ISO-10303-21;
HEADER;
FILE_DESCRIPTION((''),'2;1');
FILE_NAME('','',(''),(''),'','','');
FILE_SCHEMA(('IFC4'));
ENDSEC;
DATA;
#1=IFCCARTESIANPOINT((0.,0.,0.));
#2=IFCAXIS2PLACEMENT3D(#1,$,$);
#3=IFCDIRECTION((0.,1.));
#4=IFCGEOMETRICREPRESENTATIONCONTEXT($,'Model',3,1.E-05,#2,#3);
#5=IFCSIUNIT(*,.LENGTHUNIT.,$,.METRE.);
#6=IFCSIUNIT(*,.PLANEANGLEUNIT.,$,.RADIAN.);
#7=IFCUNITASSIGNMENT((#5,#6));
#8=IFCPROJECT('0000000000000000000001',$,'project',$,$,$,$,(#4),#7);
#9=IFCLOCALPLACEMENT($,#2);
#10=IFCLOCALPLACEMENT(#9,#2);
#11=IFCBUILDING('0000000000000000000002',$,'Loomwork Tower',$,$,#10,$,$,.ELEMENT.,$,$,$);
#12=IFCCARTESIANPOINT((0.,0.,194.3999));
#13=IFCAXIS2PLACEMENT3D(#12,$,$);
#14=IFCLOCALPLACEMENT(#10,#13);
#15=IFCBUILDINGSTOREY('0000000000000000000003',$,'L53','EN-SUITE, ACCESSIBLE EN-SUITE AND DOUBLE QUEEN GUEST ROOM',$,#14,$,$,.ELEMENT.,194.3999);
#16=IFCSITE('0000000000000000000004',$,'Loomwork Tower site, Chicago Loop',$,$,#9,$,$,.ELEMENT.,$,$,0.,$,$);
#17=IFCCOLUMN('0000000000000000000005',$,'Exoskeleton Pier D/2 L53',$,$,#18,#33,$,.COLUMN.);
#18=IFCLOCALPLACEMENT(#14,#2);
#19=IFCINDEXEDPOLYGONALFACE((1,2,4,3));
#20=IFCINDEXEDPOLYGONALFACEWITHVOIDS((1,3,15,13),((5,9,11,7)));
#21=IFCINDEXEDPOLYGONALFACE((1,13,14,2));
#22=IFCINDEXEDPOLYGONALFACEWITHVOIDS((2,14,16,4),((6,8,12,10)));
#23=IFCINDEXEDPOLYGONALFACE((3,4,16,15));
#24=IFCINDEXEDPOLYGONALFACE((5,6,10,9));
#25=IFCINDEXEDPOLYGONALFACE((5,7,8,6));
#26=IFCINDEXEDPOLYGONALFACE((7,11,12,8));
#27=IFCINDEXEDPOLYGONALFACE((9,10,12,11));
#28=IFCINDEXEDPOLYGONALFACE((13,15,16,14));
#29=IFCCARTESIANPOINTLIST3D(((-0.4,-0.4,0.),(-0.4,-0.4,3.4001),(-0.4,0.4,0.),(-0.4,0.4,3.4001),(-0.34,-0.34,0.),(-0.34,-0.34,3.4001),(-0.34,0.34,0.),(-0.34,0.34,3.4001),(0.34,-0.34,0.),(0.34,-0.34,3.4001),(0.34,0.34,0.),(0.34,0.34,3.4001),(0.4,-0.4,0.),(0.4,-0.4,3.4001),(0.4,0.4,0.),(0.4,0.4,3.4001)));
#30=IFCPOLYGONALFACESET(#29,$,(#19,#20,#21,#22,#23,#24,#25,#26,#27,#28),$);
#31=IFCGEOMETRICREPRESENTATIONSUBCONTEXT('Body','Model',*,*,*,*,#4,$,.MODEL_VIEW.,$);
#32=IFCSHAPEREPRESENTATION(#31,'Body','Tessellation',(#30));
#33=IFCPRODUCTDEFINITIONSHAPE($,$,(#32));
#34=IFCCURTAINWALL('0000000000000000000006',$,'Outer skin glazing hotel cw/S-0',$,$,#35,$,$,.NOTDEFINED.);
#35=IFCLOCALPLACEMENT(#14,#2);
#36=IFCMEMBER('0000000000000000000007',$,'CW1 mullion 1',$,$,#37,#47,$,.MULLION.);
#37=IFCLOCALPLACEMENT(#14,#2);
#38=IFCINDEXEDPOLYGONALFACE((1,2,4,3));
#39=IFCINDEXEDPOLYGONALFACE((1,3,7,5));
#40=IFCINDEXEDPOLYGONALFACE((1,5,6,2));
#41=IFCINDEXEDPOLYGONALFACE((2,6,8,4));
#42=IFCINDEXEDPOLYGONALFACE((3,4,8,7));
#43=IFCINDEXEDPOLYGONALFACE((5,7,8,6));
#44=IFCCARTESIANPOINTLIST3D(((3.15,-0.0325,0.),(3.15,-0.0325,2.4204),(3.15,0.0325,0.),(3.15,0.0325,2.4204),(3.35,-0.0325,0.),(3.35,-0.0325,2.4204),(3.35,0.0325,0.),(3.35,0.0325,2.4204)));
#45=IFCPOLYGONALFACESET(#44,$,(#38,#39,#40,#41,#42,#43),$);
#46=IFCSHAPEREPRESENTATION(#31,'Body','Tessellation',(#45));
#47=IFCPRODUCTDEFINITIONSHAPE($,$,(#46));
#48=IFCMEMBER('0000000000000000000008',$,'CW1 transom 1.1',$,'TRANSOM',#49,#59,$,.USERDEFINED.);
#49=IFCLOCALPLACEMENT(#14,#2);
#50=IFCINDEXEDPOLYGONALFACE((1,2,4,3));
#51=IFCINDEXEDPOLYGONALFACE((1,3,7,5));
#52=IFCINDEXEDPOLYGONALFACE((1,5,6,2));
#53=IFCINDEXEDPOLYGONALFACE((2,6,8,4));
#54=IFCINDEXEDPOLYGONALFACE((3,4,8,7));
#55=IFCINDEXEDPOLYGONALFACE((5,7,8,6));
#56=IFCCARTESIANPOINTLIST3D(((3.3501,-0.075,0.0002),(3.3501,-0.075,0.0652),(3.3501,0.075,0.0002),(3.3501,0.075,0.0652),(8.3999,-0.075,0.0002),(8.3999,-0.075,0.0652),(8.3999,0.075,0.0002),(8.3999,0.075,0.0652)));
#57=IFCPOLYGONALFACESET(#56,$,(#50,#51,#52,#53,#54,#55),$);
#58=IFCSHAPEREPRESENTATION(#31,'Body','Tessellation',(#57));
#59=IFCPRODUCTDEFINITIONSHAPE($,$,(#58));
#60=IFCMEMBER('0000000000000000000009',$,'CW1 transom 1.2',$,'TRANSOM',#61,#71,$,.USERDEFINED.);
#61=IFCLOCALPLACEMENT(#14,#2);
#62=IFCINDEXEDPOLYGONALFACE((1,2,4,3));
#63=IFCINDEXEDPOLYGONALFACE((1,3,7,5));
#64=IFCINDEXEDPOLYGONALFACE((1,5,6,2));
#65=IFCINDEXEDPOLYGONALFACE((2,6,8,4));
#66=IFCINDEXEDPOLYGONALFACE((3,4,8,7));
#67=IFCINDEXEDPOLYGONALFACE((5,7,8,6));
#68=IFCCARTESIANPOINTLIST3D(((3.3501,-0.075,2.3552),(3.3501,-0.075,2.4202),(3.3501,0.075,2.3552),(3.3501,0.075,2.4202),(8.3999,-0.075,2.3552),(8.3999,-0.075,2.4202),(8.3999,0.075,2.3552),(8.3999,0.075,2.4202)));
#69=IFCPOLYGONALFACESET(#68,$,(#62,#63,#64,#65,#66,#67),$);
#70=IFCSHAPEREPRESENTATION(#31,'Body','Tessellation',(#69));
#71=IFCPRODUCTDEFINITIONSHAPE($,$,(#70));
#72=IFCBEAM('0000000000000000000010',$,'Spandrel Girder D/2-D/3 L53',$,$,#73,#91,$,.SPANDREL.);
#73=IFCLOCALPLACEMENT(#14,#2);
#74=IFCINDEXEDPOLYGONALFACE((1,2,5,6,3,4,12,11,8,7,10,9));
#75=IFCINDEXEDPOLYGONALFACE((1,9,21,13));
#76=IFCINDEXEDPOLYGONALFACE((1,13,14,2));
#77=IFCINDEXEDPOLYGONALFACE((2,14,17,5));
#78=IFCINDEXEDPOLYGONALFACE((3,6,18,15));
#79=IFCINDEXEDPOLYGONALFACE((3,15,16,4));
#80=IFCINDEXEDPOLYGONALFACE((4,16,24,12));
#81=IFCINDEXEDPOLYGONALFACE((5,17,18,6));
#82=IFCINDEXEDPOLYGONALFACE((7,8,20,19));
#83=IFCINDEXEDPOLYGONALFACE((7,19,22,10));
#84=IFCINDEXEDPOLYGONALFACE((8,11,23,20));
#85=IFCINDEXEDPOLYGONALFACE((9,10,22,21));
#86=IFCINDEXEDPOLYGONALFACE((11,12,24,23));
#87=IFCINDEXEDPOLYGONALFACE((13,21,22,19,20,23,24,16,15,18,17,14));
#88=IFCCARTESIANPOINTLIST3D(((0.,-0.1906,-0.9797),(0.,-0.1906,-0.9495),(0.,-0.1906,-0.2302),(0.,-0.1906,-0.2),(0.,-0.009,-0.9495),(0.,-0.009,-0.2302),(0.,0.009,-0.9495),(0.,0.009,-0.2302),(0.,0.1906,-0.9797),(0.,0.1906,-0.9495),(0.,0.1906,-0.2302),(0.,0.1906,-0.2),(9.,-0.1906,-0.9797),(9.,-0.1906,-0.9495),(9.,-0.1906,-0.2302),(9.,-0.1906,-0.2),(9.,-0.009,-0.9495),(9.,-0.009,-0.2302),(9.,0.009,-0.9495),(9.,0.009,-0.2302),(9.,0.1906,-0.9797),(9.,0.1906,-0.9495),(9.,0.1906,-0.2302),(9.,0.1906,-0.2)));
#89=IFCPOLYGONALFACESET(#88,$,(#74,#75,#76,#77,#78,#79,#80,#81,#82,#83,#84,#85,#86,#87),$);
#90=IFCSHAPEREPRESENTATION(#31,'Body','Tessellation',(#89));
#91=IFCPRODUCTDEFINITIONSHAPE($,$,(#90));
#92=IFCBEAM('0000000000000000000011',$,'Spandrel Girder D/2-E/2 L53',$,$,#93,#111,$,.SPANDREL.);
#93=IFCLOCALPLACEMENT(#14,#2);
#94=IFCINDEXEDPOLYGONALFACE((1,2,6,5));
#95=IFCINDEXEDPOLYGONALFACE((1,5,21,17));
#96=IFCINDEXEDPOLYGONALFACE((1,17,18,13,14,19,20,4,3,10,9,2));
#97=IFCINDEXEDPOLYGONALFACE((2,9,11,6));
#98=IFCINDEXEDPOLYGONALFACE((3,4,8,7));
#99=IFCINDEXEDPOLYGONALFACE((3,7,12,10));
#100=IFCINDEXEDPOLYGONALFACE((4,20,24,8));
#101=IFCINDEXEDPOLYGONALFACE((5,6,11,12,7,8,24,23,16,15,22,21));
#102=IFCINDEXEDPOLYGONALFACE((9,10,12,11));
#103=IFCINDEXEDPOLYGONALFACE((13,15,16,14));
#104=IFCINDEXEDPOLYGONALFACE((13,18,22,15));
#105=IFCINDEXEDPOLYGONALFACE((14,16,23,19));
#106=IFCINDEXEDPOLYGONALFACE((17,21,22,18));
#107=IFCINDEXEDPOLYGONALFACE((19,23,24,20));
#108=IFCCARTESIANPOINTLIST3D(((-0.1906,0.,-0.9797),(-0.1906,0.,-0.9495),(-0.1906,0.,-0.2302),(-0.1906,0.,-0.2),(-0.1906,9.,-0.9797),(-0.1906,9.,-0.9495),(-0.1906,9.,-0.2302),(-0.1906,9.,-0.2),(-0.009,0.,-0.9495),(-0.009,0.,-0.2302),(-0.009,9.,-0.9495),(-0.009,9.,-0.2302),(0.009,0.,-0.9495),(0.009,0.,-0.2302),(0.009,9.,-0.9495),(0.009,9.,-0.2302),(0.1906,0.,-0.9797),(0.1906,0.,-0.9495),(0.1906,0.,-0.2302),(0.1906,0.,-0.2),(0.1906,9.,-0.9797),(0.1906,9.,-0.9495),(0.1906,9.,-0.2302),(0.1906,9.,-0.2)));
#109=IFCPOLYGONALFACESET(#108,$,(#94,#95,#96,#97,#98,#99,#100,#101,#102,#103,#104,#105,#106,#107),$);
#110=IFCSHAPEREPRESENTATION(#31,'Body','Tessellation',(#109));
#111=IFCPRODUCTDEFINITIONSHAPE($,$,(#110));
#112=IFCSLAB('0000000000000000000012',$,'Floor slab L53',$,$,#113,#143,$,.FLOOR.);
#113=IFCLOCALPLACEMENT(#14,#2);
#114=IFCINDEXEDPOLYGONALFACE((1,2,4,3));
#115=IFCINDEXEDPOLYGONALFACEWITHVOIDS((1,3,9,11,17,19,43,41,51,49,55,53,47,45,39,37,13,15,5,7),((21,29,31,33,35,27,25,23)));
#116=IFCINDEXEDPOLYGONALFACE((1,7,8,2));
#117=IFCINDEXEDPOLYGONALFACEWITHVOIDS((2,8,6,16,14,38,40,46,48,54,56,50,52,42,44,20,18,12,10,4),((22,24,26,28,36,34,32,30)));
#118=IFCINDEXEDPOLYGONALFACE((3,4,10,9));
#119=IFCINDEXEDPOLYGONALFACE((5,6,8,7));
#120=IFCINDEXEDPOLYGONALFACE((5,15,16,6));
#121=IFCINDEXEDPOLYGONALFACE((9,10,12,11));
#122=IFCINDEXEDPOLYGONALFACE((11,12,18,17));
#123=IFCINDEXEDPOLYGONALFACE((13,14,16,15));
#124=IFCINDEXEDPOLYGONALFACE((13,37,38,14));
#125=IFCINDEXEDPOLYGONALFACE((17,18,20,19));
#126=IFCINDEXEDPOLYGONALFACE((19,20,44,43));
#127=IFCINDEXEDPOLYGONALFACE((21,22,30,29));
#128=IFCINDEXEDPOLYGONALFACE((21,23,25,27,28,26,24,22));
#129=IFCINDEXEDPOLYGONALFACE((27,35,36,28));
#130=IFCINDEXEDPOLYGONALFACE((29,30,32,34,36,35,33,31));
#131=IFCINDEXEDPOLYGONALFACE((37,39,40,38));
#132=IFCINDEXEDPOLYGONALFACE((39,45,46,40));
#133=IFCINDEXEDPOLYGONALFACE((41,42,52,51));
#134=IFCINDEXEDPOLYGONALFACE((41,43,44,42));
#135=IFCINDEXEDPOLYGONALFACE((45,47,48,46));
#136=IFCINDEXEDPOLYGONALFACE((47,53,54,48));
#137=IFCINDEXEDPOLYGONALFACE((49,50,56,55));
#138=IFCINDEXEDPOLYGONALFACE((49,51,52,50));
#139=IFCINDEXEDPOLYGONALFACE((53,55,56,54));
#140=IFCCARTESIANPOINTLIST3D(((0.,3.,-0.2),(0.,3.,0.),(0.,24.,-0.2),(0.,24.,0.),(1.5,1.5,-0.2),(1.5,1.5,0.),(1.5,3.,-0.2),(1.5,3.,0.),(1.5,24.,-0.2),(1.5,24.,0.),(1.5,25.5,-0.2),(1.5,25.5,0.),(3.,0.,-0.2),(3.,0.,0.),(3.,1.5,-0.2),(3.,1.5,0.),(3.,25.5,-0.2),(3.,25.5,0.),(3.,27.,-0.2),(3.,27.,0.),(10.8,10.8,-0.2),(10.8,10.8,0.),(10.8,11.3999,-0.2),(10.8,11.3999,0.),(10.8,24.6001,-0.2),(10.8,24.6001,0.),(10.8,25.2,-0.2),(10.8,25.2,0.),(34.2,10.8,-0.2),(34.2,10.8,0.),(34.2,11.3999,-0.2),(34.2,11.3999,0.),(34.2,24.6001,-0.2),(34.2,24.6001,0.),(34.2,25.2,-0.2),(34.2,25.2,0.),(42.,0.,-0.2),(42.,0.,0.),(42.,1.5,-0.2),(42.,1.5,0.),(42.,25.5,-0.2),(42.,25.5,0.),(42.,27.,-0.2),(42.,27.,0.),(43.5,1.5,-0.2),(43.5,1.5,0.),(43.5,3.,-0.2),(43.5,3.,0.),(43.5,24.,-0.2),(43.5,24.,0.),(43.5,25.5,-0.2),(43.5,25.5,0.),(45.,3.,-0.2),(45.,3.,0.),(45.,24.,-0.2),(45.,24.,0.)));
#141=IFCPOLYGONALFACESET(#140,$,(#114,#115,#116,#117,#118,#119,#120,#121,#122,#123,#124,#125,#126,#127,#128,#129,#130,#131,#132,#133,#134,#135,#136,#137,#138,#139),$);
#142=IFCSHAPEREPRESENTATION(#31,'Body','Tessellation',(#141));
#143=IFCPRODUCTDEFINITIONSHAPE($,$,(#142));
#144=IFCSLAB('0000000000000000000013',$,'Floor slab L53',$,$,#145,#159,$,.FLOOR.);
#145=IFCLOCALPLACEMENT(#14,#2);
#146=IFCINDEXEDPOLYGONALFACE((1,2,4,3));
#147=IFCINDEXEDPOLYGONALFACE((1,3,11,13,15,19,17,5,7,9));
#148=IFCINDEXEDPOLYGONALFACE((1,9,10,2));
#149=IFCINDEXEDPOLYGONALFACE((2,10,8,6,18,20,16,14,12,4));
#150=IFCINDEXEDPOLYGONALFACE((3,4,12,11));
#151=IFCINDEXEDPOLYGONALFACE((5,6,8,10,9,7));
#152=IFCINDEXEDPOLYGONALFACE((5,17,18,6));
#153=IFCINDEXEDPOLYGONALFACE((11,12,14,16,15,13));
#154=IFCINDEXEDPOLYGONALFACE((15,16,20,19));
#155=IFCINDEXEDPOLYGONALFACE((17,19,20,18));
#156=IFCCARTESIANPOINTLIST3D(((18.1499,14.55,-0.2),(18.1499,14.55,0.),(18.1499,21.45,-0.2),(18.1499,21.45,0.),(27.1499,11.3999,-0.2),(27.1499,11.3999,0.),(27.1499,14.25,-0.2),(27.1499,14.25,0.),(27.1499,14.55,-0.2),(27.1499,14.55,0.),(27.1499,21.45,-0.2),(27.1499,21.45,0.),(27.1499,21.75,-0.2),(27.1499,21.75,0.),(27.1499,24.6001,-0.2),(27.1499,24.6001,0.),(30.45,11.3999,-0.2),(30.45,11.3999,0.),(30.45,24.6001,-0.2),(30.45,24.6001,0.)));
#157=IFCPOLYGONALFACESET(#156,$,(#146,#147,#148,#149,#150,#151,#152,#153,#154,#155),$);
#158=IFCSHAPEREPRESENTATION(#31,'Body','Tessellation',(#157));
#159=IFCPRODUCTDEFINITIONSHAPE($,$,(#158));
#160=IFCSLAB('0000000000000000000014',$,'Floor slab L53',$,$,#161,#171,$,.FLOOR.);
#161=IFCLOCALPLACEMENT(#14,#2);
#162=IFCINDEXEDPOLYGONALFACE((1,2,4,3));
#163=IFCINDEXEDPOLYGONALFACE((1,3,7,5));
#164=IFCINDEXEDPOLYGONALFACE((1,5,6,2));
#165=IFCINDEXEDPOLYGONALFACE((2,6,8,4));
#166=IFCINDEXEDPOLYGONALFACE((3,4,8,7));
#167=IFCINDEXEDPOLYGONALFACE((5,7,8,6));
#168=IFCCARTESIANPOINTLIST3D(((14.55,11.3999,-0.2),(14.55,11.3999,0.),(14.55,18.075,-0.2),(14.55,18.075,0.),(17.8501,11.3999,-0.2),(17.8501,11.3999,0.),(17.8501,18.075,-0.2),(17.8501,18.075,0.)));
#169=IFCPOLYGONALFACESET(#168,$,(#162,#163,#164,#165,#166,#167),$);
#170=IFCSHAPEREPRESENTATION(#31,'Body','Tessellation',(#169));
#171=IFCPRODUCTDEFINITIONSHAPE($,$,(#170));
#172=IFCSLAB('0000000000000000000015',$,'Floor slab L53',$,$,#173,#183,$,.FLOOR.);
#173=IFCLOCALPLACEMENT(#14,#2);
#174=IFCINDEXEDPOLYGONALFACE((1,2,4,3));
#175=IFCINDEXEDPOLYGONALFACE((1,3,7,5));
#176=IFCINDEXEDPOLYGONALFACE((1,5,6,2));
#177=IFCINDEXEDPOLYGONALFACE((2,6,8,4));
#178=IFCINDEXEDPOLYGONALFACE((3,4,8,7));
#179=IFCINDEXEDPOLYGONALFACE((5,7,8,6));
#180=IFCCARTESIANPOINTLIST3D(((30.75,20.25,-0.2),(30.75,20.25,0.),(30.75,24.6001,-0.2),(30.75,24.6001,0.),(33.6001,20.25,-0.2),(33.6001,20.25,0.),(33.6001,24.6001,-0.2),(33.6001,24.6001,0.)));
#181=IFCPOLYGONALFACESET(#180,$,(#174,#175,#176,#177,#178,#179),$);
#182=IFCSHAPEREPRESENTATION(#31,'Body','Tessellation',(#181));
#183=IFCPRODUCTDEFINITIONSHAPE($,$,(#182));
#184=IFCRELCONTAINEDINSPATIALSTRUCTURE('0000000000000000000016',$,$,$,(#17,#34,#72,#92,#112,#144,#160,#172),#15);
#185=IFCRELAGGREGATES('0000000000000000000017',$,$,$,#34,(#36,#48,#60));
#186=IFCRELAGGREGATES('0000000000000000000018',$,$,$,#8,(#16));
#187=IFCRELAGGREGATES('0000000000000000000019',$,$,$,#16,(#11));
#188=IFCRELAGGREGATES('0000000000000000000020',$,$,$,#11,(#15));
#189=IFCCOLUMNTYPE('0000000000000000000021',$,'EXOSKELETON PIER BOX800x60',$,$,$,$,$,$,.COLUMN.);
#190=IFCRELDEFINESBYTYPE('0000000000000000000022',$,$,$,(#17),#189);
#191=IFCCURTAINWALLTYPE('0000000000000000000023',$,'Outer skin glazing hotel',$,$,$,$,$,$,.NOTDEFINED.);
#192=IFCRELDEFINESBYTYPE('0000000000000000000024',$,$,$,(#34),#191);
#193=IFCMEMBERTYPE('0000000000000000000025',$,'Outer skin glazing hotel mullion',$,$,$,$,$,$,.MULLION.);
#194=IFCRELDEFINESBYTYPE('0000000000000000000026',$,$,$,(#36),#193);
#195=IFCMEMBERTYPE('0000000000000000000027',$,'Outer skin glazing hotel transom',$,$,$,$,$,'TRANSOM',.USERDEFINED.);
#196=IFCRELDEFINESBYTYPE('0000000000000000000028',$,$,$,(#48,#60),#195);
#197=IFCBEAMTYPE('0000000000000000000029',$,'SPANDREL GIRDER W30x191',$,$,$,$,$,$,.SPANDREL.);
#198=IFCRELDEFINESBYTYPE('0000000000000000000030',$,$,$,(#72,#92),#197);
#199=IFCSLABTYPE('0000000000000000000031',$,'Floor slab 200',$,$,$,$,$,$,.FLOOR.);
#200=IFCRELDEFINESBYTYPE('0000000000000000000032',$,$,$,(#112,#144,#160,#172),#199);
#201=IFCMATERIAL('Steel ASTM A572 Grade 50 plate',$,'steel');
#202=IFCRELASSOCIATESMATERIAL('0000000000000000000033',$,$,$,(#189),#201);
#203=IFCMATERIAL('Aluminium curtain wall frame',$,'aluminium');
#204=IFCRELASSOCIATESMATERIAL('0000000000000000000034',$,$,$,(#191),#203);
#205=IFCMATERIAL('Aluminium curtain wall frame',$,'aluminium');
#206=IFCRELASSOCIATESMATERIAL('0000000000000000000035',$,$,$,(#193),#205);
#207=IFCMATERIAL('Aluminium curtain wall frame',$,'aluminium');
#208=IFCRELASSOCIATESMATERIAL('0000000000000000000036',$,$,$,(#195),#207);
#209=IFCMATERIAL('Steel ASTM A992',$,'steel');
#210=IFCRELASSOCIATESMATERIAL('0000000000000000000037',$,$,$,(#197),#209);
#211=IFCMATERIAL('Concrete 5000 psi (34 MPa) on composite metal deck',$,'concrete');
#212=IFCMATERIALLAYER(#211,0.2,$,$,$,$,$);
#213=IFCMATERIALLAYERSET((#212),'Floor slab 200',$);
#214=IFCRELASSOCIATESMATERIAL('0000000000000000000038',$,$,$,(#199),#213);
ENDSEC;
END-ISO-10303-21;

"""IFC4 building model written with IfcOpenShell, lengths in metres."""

from ifc_helpers import new_model, si_unit, direction, frame, origin, origin_with_axes, origin_2d, place, context, subcontext, project, spatial, polyline, rectangle, hollow_rectangle, i_section, outline, extrude, material, layer, layer_set, material_profile, profile_set, type_object, element, aggregate, save


model = new_model("IFC4")

# Units and contexts
model_context = context("Model", 3, precision=1e-05, world=origin(), true_north=direction((0.0, 1.0)))
body_context = subcontext(model_context, "Body", "Model", "MODEL_VIEW")
ifc_project = project(units=[si_unit("LENGTHUNIT", "METRE"), si_unit("PLANEANGLEUNIT", "RADIAN")], contexts=[model_context])

# Site, building, storey
site_placement = place(None, origin())
site = spatial("IfcSite", under=ifc_project, at=site_placement, Name="Loomwork Tower site, Chicago Loop", CompositionType="ELEMENT", RefElevation=0.0)
building_placement = place(site_placement, origin())
building = spatial("IfcBuilding", under=site, at=building_placement, Name="Loomwork Tower", CompositionType="ELEMENT")
storey_placement = place(building_placement, frame((0.0, 0.0, 194.3999)))
storey = spatial("IfcBuildingStorey", under=building, at=storey_placement, Name="L53", Description="EN-SUITE, ACCESSIBLE EN-SUITE AND DOUBLE QUEEN GUEST ROOM", CompositionType="ELEMENT", Elevation=194.3999)

# Column
ifc_material_1 = material(Name="Steel ASTM A572 Grade 50 plate", Category="steel")
ifc_material_profile_1 = material_profile(ifc_material_1, hollow_rectangle(XDim=0.8, YDim=0.8, WallThickness=0.0601, at=origin_2d()), Name="BOX800x60")
ifc_profile_set_1 = profile_set([ifc_material_profile_1], Name="Steel ASTM A572 Grade 50 plate")
column_type = type_object("IfcColumnType", Name="EXOSKELETON PIER BOX800x60", PredefinedType="COLUMN", material=ifc_profile_set_1)
column_placement = place(storey_placement, origin_with_axes())
element("IfcColumn", 1, at=column_placement, inside=storey, type_object=column_type, Name="Exoskeleton Pier D/2 L53", PredefinedType="COLUMN", context=body_context, shape_type="SweptSolid", body=[
    extrude(hollow_rectangle(XDim=0.8, YDim=0.8, WallThickness=0.0601, at=origin_2d()), origin(), (0.0, 0.0, 1.0), 3.4001),
])

# Curtain wall, members
ifc_material_2 = material(Name="Aluminium curtain wall frame", Category="aluminium")
curtain_wall_type = type_object("IfcCurtainWallType", Name="Outer skin glazing hotel", PredefinedType="NOTDEFINED", material=ifc_material_2)
curtain_wall_placement = place(storey_placement, origin())
curtain_wall = element("IfcCurtainWall", 2, at=curtain_wall_placement, inside=storey, type_object=curtain_wall_type, Name="Outer skin glazing hotel cw/S-0", PredefinedType="NOTDEFINED")
ifc_material_3 = material(Name="Aluminium curtain wall frame", Category="aluminium")
ifc_material_profile_2 = material_profile(ifc_material_3, rectangle(XDim=0.0649, YDim=0.2, at=origin_2d()), Name="AL 65x200")
ifc_profile_set_2 = profile_set([ifc_material_profile_2], Name="Aluminium curtain wall frame")
member_type_1 = type_object("IfcMemberType", Name="Outer skin glazing hotel mullion", PredefinedType="MULLION", material=ifc_profile_set_2)
member_1_placement = place(storey_placement, frame((3.25, 0.0, 0.0), z_axis=(0.0, 0.0, 1.0), x_axis=(0.0, 1.0, 0.0)))
member_1 = element("IfcMember", 3, at=member_1_placement, type_object=member_type_1, Name="CW1 mullion 1", PredefinedType="MULLION", context=body_context, shape_type="SweptSolid", body=[
    extrude(rectangle(XDim=0.0649, YDim=0.2, at=origin_2d()), origin(), (0.0, 0.0, 1.0), 2.4204),
])
ifc_material_4 = material(Name="Aluminium curtain wall frame", Category="aluminium")
ifc_material_profile_3 = material_profile(ifc_material_4, rectangle(XDim=0.1499, YDim=0.0649, at=origin_2d()), Name="AL 65x150")
ifc_profile_set_3 = profile_set([ifc_material_profile_3], Name="Aluminium curtain wall frame")
member_type_2 = type_object("IfcMemberType", Name="Outer skin glazing hotel transom", ElementType="TRANSOM", PredefinedType="USERDEFINED", material=ifc_profile_set_3)
member_2_placement = place(storey_placement, frame((3.3501, 0.0, 0.0327), z_axis=(1.0, 0.0, 0.0), x_axis=(0.0, 1.0, 0.0)))
member_2 = element("IfcMember", 4, at=member_2_placement, type_object=member_type_2, Name="CW1 transom 1.1", ObjectType="TRANSOM", PredefinedType="USERDEFINED", context=body_context, shape_type="SweptSolid", body=[
    extrude(rectangle(XDim=0.1499, YDim=0.0649, at=origin_2d()), origin(), (0.0, 0.0, 1.0), 5.0498),
])
member_3_placement = place(storey_placement, frame((3.3501, 0.0, 2.3877), z_axis=(1.0, 0.0, 0.0), x_axis=(0.0, 1.0, 0.0)))
member_3 = element("IfcMember", 5, at=member_3_placement, type_object=member_type_2, Name="CW1 transom 1.2", ObjectType="TRANSOM", PredefinedType="USERDEFINED", context=body_context, shape_type="SweptSolid", body=[
    extrude(rectangle(XDim=0.1499, YDim=0.0649, at=origin_2d()), origin(), (0.0, 0.0, 1.0), 5.0498),
])
aggregate(curtain_wall, [member_1, member_2, member_3])

# Beams
ifc_material_5 = material(Name="Steel ASTM A992", Category="steel")
ifc_material_profile_4 = material_profile(ifc_material_5, i_section(OverallWidth=0.3811, OverallDepth=0.7798, WebThickness=0.0181, FlangeThickness=0.0303, at=origin_2d()), Name="W30x191")
ifc_profile_set_4 = profile_set([ifc_material_profile_4], Name="Steel ASTM A992")
beam_type = type_object("IfcBeamType", Name="SPANDREL GIRDER W30x191", PredefinedType="SPANDREL", material=ifc_profile_set_4)
for number, where, z_axis, x_axis, name in (
    (6, (0.0, 0.0, -0.5898), (1.0, 0.0, 0.0), (0.0, 1.0, 0.0), "Spandrel Girder D/2-D/3 L53"),
    (7, (0.0, 0.0, -0.5898), (0.0, 1.0, 0.0), (-1.0, 0.0, 0.0), "Spandrel Girder D/2-E/2 L53"),
):
    element("IfcBeam", number, at=place(storey_placement, frame(where, z_axis=z_axis, x_axis=x_axis)), inside=storey, type_object=beam_type, Name=name, PredefinedType="SPANDREL", context=body_context, shape_type="SweptSolid", body=[
        extrude(i_section(OverallWidth=0.3811, OverallDepth=0.7798, WebThickness=0.0181, FlangeThickness=0.0303, at=origin_2d()), origin(), (0.0, 0.0, 1.0), 9.0),
    ])

# Slabs
ifc_material_6 = material(Name="Concrete 5000 psi (34 MPa) on composite metal deck", Category="concrete")
ifc_layer_1 = layer(ifc_material_6, 0.2)
ifc_layer_set_1 = layer_set([ifc_layer_1], Name="Floor slab 200")
slab_type_1 = type_object("IfcSlabType", Name="Floor slab 200", PredefinedType="FLOOR", material=ifc_layer_set_1)
slab_1_placement = place(storey_placement, frame((0.0, 0.0, -0.2)))
element("IfcSlab", 8, at=slab_1_placement, inside=storey, type_object=slab_type_1, Name="Floor slab L53", PredefinedType="FLOOR", context=body_context, shape_type="SweptSolid", body=[
    extrude(outline(polyline([(3.0, 1.5), (1.5, 1.5), (1.5, 3.0), (0.0, 3.0), (0.0, 24.0), (1.5, 24.0), (1.5, 25.5), (3.0, 25.5), (3.0, 27.0), (42.0, 27.0), (42.0, 25.5), (43.5, 25.5), (43.5, 24.0), (45.0, 24.0), (45.0, 3.0), (43.5, 3.0), (43.5, 1.5), (42.0, 1.5), (42.0, 0.0), (3.0, 0.0), (3.0, 1.5)]), holes=[polyline([(10.8, 11.3999), (10.8, 11.3999), (10.8, 10.8), (34.2, 10.8), (34.2, 11.3999), (34.2, 11.3999), (34.2, 24.6001), (34.2, 25.2), (10.8, 25.2), (10.8, 24.6001), (10.8, 11.3999)])]), origin(), (0.0, 0.0, 1.0), 0.2),
])
slab_2_placement = place(storey_placement, frame((0.0, 0.0, -0.2)))
element("IfcSlab", 9, at=slab_2_placement, inside=storey, type_object=slab_type_1, Name="Floor slab L53", PredefinedType="FLOOR", context=body_context, shape_type="SweptSolid", body=[
    extrude(outline(polyline([(30.45, 24.6001), (30.45, 11.3999), (27.1499, 11.3999), (27.1499, 14.25), (27.1499, 14.55), (18.1499, 14.55), (18.1499, 21.45), (27.1499, 21.45), (27.1499, 21.75), (27.1499, 24.6001), (30.45, 24.6001)])), origin(), (0.0, 0.0, 1.0), 0.2),
])
slab_3_placement = place(storey_placement, frame((0.0, 0.0, -0.2)))
element("IfcSlab", 10, at=slab_3_placement, inside=storey, type_object=slab_type_1, Name="Floor slab L53", PredefinedType="FLOOR", context=body_context, shape_type="SweptSolid", body=[
    extrude(outline(polyline([(14.55, 11.3999), (14.55, 18.075), (17.8501, 18.075), (17.8501, 11.3999), (14.55, 11.3999)])), origin(), (0.0, 0.0, 1.0), 0.2),
])
slab_4_placement = place(storey_placement, frame((0.0, 0.0, -0.2)))
element("IfcSlab", 11, at=slab_4_placement, inside=storey, type_object=slab_type_1, Name="Floor slab L53", PredefinedType="FLOOR", context=body_context, shape_type="SweptSolid", body=[
    extrude(outline(polyline([(33.6001, 20.25), (30.75, 20.25), (30.75, 24.6001), (33.6001, 24.6001), (33.6001, 20.25)])), origin(), (0.0, 0.0, 1.0), 0.2),
])

save(model, "model.ifc")
